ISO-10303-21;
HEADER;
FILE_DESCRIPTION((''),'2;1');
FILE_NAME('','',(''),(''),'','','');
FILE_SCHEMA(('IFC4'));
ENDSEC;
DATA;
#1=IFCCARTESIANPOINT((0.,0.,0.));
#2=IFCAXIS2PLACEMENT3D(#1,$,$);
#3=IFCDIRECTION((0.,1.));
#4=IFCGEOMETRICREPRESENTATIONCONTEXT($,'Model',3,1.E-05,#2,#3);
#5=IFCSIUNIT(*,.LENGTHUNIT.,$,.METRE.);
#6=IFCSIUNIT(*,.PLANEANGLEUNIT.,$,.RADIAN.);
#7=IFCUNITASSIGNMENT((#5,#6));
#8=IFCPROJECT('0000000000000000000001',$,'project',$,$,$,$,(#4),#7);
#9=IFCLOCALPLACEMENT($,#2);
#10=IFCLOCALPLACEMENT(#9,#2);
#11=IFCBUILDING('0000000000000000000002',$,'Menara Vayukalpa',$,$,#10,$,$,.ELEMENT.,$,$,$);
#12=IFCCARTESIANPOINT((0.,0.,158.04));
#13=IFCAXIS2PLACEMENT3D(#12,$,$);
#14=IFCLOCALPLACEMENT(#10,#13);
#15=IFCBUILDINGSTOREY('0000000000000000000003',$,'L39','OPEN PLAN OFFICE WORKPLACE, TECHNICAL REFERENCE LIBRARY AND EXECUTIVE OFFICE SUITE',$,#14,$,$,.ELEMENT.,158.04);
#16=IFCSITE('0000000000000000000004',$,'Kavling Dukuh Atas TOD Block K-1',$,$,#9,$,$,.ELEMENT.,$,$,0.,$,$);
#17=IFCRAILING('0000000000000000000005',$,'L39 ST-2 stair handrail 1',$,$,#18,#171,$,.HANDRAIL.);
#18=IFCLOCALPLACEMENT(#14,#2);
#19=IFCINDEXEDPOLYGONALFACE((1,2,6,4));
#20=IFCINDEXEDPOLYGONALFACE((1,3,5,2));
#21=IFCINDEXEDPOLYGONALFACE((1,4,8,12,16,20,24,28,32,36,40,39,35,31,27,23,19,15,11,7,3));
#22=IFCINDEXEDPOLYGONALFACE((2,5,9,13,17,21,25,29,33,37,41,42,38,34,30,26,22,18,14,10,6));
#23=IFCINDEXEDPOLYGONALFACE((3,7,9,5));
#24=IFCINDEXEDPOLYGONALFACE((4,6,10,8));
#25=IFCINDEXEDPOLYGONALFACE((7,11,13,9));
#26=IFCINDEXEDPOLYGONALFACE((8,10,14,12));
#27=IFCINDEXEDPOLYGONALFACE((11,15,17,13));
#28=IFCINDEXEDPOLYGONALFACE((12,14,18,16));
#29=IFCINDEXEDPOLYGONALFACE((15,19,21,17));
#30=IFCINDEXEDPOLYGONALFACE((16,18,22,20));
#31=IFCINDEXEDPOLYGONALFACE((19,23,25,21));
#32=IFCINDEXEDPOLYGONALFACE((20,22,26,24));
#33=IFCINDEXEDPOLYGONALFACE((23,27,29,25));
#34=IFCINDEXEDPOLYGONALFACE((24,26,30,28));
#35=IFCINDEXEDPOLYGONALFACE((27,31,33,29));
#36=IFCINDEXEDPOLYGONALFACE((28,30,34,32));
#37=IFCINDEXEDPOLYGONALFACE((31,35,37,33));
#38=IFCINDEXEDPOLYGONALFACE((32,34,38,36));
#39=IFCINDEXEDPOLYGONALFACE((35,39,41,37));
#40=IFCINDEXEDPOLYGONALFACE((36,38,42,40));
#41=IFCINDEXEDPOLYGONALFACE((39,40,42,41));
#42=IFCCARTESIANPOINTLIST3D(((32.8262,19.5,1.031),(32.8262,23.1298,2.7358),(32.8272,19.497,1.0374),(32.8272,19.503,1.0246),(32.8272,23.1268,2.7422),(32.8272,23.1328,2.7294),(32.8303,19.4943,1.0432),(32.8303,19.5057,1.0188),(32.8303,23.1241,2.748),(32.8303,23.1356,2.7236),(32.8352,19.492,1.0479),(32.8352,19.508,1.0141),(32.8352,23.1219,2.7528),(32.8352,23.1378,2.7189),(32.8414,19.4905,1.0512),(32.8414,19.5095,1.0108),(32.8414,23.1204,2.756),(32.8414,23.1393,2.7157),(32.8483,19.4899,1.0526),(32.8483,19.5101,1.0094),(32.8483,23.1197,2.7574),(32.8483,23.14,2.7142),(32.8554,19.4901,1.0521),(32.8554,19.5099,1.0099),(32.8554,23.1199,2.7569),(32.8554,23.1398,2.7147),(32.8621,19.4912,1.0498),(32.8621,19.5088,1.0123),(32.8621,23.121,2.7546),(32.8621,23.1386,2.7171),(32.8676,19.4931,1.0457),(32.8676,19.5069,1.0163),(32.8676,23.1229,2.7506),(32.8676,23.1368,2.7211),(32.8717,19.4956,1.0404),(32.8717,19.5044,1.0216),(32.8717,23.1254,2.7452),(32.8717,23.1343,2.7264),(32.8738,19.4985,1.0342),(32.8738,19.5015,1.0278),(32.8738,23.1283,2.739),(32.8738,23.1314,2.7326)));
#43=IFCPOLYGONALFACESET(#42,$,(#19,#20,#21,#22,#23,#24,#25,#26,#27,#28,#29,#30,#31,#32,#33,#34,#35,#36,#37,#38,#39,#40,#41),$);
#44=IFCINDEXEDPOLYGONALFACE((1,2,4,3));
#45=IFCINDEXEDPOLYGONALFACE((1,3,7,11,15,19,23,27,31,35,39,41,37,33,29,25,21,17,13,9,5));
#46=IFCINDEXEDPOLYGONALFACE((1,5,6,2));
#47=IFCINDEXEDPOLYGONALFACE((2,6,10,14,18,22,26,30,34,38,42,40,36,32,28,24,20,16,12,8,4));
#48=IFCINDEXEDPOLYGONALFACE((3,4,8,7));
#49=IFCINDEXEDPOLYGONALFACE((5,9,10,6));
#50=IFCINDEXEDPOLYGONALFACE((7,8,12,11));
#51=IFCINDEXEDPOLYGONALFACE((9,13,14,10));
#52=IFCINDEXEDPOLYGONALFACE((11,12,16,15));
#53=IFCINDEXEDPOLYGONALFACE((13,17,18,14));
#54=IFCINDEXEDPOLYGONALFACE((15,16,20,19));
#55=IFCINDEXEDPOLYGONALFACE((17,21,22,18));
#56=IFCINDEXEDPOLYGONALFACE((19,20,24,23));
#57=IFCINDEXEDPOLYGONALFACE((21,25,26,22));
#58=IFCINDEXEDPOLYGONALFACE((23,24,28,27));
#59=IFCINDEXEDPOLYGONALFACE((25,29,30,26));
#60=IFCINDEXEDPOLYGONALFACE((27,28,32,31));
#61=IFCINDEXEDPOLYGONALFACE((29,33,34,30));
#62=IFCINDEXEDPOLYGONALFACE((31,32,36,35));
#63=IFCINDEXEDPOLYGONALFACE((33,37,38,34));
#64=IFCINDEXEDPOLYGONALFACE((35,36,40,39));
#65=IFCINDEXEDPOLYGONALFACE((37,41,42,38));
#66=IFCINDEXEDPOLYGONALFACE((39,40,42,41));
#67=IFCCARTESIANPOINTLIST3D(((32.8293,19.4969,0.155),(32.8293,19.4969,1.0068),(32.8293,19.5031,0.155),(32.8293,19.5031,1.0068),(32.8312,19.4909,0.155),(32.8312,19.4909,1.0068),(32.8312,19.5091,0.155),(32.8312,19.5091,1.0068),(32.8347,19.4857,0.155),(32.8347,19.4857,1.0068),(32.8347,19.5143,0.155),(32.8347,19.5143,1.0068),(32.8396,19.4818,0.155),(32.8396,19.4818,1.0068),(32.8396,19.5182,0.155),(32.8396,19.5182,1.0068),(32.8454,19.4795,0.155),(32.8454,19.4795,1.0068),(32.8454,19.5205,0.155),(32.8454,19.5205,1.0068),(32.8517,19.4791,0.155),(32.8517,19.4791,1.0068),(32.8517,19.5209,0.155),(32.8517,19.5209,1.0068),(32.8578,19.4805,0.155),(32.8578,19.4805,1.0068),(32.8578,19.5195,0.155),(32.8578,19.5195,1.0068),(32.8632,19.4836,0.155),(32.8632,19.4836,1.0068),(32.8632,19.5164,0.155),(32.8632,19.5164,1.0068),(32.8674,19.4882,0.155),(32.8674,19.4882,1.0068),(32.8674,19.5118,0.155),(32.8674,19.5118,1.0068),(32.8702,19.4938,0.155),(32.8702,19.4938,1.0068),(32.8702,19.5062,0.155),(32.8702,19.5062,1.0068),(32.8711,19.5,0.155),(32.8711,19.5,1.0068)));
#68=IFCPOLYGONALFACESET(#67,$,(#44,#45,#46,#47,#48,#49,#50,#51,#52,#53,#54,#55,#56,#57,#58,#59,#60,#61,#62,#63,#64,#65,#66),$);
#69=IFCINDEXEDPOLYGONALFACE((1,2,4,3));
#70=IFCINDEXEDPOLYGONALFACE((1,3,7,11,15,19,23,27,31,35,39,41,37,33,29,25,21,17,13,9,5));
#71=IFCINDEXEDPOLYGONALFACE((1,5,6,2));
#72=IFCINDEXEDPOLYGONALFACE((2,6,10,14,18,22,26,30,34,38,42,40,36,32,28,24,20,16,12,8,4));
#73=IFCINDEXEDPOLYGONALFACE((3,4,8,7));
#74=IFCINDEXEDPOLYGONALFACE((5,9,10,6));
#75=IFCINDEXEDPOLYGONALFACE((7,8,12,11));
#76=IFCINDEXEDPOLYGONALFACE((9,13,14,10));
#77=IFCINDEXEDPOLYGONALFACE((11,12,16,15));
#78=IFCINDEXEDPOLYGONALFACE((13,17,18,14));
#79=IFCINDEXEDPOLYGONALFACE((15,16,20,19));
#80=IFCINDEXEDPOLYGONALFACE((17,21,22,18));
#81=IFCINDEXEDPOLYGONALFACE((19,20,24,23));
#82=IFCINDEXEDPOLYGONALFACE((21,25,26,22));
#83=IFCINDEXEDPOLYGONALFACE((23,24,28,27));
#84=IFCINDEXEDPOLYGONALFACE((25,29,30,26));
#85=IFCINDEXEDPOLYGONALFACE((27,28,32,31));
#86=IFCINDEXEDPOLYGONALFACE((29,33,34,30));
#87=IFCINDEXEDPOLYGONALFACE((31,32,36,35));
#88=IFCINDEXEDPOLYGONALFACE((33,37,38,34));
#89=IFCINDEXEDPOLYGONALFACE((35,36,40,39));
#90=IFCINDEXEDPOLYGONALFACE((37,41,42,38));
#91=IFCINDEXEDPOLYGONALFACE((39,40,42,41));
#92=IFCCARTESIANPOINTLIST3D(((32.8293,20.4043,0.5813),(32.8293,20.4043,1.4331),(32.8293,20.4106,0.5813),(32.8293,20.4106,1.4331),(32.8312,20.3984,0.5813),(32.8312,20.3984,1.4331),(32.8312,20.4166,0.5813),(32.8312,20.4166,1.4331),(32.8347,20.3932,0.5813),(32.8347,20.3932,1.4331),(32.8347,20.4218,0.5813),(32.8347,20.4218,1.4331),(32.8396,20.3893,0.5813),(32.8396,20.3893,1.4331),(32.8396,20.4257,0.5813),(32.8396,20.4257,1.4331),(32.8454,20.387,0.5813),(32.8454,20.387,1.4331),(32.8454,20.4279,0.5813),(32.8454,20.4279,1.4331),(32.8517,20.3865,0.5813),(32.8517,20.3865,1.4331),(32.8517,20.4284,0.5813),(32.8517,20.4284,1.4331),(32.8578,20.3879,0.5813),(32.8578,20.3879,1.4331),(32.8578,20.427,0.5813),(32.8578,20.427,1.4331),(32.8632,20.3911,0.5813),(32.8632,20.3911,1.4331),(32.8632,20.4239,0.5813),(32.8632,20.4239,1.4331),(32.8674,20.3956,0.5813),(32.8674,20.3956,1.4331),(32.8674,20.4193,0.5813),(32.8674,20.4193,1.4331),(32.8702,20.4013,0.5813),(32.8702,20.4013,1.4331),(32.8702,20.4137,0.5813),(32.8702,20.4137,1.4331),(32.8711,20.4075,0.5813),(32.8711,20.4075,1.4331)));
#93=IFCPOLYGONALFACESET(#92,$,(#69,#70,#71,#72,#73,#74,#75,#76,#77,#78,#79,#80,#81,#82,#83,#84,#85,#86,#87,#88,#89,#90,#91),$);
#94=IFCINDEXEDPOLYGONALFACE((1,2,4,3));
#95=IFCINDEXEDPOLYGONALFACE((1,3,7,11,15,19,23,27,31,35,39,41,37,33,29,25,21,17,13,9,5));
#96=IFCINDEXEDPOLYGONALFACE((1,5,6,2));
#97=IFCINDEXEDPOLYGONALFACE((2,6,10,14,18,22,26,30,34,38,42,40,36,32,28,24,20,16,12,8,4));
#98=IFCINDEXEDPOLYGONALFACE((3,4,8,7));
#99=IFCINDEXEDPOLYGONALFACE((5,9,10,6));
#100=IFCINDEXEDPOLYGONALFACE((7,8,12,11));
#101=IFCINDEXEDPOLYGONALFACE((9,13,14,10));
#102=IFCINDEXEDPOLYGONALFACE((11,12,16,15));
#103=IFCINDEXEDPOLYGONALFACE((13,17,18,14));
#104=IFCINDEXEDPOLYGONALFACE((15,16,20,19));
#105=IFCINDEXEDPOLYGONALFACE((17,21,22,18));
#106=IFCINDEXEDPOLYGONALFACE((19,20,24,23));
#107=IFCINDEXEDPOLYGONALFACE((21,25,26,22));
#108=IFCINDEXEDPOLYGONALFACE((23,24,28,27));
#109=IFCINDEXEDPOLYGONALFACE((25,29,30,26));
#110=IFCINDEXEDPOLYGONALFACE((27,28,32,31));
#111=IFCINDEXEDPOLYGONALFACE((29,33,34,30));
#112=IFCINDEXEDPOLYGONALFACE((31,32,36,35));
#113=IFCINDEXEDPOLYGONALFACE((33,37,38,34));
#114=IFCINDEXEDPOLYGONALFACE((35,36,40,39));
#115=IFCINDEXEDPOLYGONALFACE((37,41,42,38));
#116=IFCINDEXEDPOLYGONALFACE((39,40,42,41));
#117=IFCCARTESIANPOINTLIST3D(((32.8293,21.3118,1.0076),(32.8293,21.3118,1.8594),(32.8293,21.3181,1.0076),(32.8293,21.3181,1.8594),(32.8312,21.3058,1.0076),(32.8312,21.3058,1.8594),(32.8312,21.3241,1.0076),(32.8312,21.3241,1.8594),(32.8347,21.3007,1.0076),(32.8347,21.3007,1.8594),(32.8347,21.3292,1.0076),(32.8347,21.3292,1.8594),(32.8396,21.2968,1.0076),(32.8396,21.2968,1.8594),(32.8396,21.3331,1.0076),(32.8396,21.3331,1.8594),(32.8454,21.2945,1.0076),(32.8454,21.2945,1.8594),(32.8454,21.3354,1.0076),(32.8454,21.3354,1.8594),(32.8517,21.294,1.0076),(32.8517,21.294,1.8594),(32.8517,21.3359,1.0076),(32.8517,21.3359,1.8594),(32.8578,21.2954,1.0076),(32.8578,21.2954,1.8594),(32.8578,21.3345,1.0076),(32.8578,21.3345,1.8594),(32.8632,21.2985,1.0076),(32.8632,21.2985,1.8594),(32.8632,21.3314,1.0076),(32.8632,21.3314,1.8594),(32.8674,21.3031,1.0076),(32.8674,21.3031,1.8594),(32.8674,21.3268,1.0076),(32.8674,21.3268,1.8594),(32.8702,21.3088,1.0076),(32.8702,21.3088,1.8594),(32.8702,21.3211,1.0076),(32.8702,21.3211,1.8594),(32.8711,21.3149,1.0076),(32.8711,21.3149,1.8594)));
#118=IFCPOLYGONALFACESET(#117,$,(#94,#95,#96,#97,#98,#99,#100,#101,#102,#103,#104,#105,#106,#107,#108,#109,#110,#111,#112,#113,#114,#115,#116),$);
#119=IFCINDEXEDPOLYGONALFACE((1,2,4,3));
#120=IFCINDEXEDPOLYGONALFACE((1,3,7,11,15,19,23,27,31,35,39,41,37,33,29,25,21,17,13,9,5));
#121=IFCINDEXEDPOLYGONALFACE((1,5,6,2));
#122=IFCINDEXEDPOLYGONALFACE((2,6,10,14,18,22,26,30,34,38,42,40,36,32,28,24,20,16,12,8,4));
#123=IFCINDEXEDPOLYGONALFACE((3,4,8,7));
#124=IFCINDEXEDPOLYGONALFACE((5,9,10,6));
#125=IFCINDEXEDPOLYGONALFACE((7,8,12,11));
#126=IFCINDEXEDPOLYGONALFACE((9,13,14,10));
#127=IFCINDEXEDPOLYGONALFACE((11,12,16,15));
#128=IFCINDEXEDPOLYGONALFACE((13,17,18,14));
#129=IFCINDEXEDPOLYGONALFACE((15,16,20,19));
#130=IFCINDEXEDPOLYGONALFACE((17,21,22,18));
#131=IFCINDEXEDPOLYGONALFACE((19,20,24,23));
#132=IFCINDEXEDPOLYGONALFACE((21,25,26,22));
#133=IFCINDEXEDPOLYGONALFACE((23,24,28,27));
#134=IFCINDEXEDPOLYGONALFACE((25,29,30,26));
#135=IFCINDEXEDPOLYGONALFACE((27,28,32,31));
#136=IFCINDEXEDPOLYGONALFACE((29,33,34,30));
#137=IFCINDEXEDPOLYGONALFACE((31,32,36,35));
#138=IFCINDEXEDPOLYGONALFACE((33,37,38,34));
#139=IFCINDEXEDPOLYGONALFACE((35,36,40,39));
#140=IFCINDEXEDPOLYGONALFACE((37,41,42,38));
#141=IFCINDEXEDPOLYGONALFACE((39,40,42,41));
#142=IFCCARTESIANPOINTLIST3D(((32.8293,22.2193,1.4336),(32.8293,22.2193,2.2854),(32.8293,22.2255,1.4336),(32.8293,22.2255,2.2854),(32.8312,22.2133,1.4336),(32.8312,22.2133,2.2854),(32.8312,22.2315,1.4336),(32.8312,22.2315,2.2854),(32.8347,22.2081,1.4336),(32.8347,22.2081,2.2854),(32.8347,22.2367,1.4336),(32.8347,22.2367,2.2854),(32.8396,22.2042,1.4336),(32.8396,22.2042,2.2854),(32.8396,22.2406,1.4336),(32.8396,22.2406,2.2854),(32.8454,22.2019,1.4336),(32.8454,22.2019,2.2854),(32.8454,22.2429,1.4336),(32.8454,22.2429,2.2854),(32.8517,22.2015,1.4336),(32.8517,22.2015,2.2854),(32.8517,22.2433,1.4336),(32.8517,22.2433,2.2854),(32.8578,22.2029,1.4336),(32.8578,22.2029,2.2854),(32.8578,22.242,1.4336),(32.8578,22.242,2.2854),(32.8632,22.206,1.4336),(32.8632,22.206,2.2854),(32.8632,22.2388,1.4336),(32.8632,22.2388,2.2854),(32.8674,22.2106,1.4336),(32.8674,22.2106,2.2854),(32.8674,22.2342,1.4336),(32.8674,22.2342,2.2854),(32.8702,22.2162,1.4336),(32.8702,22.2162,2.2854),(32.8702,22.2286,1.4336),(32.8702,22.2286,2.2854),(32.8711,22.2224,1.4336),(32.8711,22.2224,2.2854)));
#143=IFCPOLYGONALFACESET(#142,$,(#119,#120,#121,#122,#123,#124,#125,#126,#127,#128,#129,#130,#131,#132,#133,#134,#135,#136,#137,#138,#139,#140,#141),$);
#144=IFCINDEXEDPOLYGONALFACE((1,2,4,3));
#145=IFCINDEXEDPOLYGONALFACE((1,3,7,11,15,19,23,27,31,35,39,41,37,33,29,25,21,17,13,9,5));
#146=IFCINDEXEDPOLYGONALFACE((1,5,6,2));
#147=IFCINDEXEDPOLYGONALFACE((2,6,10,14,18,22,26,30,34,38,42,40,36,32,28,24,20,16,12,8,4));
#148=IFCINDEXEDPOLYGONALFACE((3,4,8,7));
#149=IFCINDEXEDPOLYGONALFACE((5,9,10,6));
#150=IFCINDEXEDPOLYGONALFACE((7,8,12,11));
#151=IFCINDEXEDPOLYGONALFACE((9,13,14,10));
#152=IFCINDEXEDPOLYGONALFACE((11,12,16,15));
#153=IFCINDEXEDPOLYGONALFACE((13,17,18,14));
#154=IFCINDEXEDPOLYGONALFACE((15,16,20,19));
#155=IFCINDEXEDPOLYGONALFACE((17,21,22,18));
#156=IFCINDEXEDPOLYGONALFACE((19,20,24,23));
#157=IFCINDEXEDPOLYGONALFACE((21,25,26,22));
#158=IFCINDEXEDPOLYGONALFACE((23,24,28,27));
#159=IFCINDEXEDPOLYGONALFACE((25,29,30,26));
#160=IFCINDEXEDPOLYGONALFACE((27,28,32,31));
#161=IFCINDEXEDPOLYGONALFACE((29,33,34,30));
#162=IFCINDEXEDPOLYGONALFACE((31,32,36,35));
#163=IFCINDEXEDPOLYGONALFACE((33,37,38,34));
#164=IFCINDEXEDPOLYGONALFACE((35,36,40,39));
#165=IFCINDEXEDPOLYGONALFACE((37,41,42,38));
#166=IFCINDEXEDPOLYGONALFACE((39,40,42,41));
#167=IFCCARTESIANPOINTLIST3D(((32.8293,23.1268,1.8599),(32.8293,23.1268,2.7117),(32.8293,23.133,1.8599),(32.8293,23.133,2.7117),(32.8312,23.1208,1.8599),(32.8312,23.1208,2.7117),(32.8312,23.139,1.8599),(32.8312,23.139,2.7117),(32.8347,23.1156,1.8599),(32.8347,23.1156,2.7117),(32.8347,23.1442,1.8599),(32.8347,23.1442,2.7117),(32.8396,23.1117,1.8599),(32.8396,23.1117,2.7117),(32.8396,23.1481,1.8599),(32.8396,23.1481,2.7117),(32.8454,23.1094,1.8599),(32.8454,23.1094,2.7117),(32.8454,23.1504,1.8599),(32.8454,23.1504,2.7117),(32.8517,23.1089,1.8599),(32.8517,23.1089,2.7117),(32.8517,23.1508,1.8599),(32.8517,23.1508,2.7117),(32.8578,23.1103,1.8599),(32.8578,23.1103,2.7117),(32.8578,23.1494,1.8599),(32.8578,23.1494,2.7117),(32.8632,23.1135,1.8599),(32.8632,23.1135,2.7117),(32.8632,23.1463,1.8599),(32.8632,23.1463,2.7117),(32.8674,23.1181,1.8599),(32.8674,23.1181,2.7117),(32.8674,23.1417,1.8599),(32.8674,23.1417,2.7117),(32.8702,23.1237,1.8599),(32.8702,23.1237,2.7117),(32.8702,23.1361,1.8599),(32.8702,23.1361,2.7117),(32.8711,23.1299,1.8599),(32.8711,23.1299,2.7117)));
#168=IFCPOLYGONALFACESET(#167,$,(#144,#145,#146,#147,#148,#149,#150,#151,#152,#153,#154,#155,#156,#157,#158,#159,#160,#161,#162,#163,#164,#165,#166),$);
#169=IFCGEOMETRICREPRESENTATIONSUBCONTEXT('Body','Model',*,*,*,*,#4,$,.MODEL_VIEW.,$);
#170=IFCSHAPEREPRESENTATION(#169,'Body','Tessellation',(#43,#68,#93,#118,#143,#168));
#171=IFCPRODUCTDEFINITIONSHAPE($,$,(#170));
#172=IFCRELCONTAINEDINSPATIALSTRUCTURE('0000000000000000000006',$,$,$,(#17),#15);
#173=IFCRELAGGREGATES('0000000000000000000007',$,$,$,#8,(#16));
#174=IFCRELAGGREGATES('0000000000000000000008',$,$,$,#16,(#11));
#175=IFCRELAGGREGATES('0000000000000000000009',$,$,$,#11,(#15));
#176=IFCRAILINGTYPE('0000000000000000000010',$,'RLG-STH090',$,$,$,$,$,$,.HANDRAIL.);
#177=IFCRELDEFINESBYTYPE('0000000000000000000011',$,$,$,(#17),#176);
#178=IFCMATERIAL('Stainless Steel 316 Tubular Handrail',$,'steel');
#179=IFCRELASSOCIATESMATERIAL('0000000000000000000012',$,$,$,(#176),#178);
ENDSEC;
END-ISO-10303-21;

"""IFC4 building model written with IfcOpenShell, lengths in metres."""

from ifc_helpers import new_model, si_unit, direction, frame, origin, origin_2d, place, context, subcontext, project, spatial, circle, extrude, material, type_object, element, save


model = new_model("IFC4")

# Units and contexts
model_context = context("Model", 3, precision=1e-05, world=origin(), true_north=direction((0.0, 1.0)))
body_context = subcontext(model_context, "Body", "Model", "MODEL_VIEW")
ifc_project = project(units=[si_unit("LENGTHUNIT", "METRE"), si_unit("PLANEANGLEUNIT", "RADIAN")], contexts=[model_context])

# Site, building, storey
site_placement = place(None, origin())
site = spatial("IfcSite", under=ifc_project, at=site_placement, Name="Kavling Dukuh Atas TOD Block K-1", CompositionType="ELEMENT", RefElevation=0.0)
building_placement = place(site_placement, origin())
building = spatial("IfcBuilding", under=site, at=building_placement, Name="Menara Vayukalpa", CompositionType="ELEMENT")
storey_placement = place(building_placement, frame((0.0, 0.0, 158.04)))
storey = spatial("IfcBuildingStorey", under=building, at=storey_placement, Name="L39", Description="OPEN PLAN OFFICE WORKPLACE, TECHNICAL REFERENCE LIBRARY AND EXECUTIVE OFFICE SUITE", CompositionType="ELEMENT", Elevation=158.04)

# Railing
ifc_material_1 = material(Name="Stainless Steel 316 Tubular Handrail", Category="steel")
railing_type_1 = type_object("IfcRailingType", Name="RLG-STH090", PredefinedType="HANDRAIL", material=ifc_material_1)
railing_1_placement = place(storey_placement, frame((32.8501, 19.5, 0.155)))
element("IfcRailing", 1, at=railing_1_placement, inside=storey, type_object=railing_type_1, Name="L39 ST-2 stair handrail 1", PredefinedType="HANDRAIL", context=body_context, shape_type="SweptSolid", body=[
    extrude(circle(Radius=0.0239, at=origin_2d()), frame((0.0, 0.0, 0.876), z_axis=(0.0, 0.90514, 0.425114), x_axis=(-1.0, 0.0, 0.0)), (0.0, 0.0, 1.0), 4.0103),
    extrude(circle(Radius=0.021, at=origin_2d()), origin(), (0.0, 0.0, 1.0), 0.8518),
    extrude(circle(Radius=0.021, at=origin_2d()), frame((0.0, 0.9075, 0.4263)), (0.0, 0.0, 1.0), 0.8518),
    extrude(circle(Radius=0.021, at=origin_2d()), frame((0.0, 1.8149, 0.8525)), (0.0, 0.0, 1.0), 0.8518),
    extrude(circle(Radius=0.021, at=origin_2d()), frame((0.0, 2.7224, 1.2786)), (0.0, 0.0, 1.0), 0.8518),
    extrude(circle(Radius=0.021, at=origin_2d()), frame((0.0, 3.6299, 1.7048)), (0.0, 0.0, 1.0), 0.8518),
])

save(model, "model.ifc")
